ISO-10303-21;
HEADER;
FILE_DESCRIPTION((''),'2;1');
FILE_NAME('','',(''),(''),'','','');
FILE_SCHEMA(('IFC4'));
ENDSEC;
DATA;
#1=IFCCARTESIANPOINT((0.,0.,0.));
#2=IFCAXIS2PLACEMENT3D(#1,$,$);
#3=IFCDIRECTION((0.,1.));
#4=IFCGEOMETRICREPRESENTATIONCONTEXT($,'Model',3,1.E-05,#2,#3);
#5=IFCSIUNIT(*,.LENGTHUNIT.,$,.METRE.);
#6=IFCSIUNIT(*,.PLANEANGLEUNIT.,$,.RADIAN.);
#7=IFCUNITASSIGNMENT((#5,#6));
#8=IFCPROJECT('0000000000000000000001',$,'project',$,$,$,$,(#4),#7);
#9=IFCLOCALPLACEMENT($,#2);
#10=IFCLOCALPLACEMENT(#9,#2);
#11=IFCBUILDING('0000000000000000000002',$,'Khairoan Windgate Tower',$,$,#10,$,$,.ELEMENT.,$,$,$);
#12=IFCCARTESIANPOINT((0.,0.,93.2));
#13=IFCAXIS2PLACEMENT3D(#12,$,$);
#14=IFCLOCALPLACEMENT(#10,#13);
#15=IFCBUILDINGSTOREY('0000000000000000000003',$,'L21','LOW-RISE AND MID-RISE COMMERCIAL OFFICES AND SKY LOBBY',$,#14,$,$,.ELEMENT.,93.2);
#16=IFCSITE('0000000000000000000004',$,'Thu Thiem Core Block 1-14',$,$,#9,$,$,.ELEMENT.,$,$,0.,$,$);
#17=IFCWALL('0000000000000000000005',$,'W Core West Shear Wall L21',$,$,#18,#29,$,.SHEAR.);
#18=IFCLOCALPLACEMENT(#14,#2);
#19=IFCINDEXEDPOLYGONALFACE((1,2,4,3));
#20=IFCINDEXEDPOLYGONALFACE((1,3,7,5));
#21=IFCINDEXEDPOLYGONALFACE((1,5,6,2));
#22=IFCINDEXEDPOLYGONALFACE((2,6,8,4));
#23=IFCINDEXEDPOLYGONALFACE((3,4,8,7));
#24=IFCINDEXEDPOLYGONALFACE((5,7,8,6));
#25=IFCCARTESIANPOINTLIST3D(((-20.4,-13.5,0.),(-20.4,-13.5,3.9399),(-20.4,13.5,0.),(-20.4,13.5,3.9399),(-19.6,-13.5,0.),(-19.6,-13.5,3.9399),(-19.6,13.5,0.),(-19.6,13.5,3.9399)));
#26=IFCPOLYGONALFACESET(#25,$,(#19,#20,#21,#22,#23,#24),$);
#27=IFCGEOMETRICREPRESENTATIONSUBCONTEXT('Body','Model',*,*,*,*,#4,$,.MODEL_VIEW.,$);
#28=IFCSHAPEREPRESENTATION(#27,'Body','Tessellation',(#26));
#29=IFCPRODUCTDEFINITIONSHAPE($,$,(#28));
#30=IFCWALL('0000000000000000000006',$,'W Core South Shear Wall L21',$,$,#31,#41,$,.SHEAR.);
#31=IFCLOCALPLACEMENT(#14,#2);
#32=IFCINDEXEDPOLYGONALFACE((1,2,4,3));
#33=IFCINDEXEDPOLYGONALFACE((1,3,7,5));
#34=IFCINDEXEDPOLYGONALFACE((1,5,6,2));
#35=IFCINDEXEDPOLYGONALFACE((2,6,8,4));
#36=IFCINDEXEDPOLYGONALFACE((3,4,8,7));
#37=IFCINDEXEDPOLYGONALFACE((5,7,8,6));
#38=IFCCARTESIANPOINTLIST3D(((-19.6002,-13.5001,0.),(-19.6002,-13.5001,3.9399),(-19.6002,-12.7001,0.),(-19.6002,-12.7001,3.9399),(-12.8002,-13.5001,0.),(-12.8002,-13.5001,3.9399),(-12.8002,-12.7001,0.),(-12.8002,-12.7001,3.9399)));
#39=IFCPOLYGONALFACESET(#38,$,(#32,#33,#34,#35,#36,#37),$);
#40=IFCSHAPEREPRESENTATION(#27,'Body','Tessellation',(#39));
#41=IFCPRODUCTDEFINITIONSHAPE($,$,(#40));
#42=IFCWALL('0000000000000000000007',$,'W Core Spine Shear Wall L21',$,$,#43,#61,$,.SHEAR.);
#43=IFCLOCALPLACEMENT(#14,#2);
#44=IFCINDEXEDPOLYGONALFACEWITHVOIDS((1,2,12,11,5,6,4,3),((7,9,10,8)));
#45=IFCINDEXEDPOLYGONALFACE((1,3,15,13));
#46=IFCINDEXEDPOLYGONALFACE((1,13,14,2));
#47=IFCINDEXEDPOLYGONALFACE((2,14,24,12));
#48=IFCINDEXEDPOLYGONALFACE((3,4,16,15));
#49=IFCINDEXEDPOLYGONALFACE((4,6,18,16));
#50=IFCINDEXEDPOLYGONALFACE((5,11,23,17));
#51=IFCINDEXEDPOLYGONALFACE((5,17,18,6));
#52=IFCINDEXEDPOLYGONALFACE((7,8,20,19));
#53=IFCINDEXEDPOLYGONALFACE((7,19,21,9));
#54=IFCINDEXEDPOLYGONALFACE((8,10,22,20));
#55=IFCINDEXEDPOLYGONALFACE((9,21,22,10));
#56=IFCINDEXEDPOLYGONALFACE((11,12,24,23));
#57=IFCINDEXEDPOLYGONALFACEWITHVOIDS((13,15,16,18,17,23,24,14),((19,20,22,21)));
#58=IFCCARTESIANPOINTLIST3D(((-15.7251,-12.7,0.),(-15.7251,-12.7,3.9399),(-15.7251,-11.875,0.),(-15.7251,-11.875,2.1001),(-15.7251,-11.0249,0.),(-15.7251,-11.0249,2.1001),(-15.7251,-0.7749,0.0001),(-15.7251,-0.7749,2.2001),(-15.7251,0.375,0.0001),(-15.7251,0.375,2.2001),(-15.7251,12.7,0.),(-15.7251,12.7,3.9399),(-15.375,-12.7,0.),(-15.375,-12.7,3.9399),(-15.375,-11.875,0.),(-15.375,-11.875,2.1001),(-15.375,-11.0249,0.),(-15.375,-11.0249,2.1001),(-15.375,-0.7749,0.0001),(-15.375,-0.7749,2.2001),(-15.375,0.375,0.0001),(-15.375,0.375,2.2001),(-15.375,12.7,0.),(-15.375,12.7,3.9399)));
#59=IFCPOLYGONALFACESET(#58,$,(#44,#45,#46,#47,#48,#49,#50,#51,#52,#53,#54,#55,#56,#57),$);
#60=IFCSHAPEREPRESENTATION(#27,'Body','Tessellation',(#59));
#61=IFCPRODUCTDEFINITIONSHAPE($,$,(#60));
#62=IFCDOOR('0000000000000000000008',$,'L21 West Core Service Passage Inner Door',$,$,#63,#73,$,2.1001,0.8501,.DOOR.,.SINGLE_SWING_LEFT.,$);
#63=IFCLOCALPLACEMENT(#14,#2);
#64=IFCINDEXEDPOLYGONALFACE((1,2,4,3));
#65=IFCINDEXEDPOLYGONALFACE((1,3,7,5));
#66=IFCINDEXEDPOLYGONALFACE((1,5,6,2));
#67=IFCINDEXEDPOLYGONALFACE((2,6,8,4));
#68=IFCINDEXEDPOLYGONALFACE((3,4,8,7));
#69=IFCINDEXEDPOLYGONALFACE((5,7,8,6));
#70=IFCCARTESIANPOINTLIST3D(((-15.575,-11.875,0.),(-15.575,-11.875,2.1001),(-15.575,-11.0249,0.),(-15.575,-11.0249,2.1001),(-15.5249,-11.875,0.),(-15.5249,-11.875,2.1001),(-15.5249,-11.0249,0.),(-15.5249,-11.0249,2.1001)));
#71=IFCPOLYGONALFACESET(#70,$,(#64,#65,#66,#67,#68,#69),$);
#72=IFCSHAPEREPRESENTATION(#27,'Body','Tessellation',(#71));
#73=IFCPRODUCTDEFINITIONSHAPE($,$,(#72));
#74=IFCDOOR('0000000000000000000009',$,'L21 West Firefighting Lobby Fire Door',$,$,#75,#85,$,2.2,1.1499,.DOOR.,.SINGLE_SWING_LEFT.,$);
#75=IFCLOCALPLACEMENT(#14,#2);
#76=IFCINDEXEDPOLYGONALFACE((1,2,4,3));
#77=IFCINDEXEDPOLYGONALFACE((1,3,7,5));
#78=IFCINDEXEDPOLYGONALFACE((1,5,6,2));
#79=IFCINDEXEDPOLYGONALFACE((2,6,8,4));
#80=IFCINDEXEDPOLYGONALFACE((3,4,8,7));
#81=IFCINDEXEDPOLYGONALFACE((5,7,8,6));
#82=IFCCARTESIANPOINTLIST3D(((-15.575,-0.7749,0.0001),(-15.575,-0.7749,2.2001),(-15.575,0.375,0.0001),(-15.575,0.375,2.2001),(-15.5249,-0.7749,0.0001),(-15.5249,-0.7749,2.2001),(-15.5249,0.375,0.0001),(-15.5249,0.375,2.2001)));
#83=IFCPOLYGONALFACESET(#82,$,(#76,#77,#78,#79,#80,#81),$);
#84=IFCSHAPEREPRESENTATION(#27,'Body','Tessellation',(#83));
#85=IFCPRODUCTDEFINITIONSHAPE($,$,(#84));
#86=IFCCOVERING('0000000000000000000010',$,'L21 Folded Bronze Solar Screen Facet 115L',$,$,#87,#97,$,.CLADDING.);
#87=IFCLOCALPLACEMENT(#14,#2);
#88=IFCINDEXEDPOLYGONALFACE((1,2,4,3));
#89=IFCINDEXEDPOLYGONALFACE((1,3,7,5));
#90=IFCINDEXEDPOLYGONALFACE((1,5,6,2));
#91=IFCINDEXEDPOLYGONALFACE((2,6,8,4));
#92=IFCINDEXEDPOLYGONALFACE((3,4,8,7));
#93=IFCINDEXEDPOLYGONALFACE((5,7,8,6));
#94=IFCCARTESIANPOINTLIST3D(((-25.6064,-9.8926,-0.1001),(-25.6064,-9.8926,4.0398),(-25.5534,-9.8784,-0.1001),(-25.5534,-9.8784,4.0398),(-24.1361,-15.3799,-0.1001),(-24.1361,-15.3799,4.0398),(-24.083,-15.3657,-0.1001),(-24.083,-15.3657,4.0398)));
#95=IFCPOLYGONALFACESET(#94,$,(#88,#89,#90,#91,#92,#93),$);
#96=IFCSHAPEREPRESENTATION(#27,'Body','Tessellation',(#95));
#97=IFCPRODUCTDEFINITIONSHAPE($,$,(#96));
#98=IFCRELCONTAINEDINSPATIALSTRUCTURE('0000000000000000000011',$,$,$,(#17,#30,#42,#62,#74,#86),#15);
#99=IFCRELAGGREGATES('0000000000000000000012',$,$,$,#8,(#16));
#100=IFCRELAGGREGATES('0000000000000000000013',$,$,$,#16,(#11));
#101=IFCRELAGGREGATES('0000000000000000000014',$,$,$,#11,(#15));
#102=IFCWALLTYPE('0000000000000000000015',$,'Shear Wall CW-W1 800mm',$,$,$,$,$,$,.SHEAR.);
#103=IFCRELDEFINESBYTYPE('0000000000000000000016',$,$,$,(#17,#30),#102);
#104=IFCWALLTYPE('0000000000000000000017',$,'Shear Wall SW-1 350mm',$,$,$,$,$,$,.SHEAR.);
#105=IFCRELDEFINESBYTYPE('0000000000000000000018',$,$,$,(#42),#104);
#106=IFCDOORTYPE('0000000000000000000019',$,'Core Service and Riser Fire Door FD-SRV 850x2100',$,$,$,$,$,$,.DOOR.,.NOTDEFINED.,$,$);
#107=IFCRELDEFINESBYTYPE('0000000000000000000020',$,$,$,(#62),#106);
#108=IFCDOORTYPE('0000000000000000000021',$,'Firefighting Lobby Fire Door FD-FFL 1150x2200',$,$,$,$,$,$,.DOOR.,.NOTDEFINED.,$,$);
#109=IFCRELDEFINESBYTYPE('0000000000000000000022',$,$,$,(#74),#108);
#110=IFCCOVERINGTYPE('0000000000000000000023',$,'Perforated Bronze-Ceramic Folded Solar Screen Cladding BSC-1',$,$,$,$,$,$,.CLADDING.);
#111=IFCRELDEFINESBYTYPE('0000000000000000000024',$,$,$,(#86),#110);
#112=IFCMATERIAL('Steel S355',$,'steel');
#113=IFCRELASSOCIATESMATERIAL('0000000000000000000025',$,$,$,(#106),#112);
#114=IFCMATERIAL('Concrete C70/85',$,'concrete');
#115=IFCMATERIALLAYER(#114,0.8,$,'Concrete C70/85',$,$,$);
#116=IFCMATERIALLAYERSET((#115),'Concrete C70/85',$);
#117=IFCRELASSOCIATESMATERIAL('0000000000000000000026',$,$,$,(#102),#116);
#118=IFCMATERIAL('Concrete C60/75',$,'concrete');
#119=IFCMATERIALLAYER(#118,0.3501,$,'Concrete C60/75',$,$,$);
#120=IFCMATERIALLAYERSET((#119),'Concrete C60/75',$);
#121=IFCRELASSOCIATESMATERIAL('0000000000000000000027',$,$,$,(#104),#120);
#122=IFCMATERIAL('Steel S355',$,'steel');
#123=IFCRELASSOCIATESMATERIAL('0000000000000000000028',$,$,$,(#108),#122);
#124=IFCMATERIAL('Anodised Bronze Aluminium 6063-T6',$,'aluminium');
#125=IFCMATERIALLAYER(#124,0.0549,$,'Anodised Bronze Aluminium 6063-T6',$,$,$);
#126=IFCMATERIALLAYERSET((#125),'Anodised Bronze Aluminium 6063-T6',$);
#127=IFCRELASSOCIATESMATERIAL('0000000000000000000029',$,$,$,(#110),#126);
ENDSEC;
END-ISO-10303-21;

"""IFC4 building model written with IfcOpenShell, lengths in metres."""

from ifc_helpers import new_model, si_unit, direction, frame, frame_2d, origin, origin_2d, place, context, subcontext, project, spatial, rectangle, extrude, material, layer, layer_set, type_object, element, fill, save


model = new_model("IFC4")

# Units and contexts
model_context = context("Model", 3, precision=1e-05, world=origin(), true_north=direction((0.0, 1.0)))
body_context = subcontext(model_context, "Body", "Model", "MODEL_VIEW")
ifc_project = project(units=[si_unit("LENGTHUNIT", "METRE"), si_unit("PLANEANGLEUNIT", "RADIAN")], contexts=[model_context])

# Site, building, storey
site_placement = place(None, origin())
site = spatial("IfcSite", under=ifc_project, at=site_placement, Name="Thu Thiem Core Block 1-14", CompositionType="ELEMENT", RefElevation=0.0)
building_placement = place(site_placement, origin())
building = spatial("IfcBuilding", under=site, at=building_placement, Name="Khairoan Windgate Tower", CompositionType="ELEMENT")
storey_placement = place(building_placement, frame((0.0, 0.0, 93.2)))
storey = spatial("IfcBuildingStorey", under=building, at=storey_placement, Name="L21", Description="LOW-RISE AND MID-RISE COMMERCIAL OFFICES AND SKY LOBBY", CompositionType="ELEMENT", Elevation=93.2)

# Shared definitions
ifc_material_1 = material(Name="Steel S355", Category="steel")
door_type_1 = type_object("IfcDoorType", Name="Core Service and Riser Fire Door FD-SRV 850x2100", OperationType="NOTDEFINED", PredefinedType="DOOR", material=ifc_material_1)

# Walls
ifc_material_2 = material(Name="Concrete C70/85", Category="concrete")
ifc_layer_1 = layer(ifc_material_2, 0.8, Name="Concrete C70/85")
ifc_layer_set_1 = layer_set([ifc_layer_1], Name="Concrete C70/85")
wall_type_1 = type_object("IfcWallType", Name="Shear Wall CW-W1 800mm", PredefinedType="SHEAR", material=ifc_layer_set_1)
wall_1_placement = place(storey_placement, frame((-20.0, -13.5, 0.0), z_axis=(0.0, 0.0, 1.0), x_axis=(0.0, 1.0, 0.0)))
element("IfcWall", 1, at=wall_1_placement, inside=storey, type_object=wall_type_1, Name="W Core West Shear Wall L21", PredefinedType="SHEAR", context=body_context, shape_type="SweptSolid", body=[
    extrude(rectangle(XDim=27.0, YDim=0.8, at=frame_2d((13.5, 0.0))), origin(), (0.0, 0.0, 1.0), 3.9399),
])
wall_2_placement = place(storey_placement, frame((-19.6001, -13.1001, 0.0), z_axis=(0.0, 0.0, 1.0), x_axis=(1.0, 0.0, 0.0)))
element("IfcWall", 2, at=wall_2_placement, inside=storey, type_object=wall_type_1, Name="W Core South Shear Wall L21", PredefinedType="SHEAR", context=body_context, shape_type="SweptSolid", body=[
    extrude(rectangle(XDim=6.8, YDim=0.8, at=frame_2d((3.3999, 0.0))), origin(), (0.0, 0.0, 1.0), 3.9399),
])

# Wall, openings, doors
ifc_material_3 = material(Name="Concrete C60/75", Category="concrete")
ifc_layer_2 = layer(ifc_material_3, 0.3501, Name="Concrete C60/75")
ifc_layer_set_2 = layer_set([ifc_layer_2], Name="Concrete C60/75")
wall_type_2 = type_object("IfcWallType", Name="Shear Wall SW-1 350mm", PredefinedType="SHEAR", material=ifc_layer_set_2)
wall_3_placement = place(storey_placement, frame((-15.55, -12.7, 0.0), z_axis=(0.0, 0.0, 1.0), x_axis=(0.0, 1.0, 0.0)))
wall_3 = element("IfcWall", 3, at=wall_3_placement, inside=storey, type_object=wall_type_2, Name="W Core Spine Shear Wall L21", PredefinedType="SHEAR", context=body_context, shape_type="SweptSolid", body=[
    extrude(rectangle(XDim=25.3999, YDim=0.3501, at=frame_2d((12.7, 0.0))), origin(), (0.0, 0.0, 1.0), 3.9399),
])
opening_1_placement = place(wall_3_placement, frame((11.925, 0.0, 0.0)))
opening_1 = element("IfcOpeningElement", 4, at=opening_1_placement, cuts=wall_3, PredefinedType="OPENING", context=body_context, shape_type="SweptSolid", body=[
    extrude(rectangle(XDim=1.1499, YDim=2.2, at=frame_2d((0.575, 1.1001))), frame((0.0, 0.1851, 0.0), z_axis=(0.0, -1.0, 0.0), x_axis=(1.0, 0.0, 0.0)), (0.0, 0.0, 1.0), 0.3701),
])
opening_2_placement = place(wall_3_placement, frame((0.825, 0.0, 0.0)))
opening_2 = element("IfcOpeningElement", 5, at=opening_2_placement, cuts=wall_3, PredefinedType="OPENING", context=body_context, shape_type="SweptSolid", body=[
    extrude(rectangle(XDim=0.8501, YDim=2.1001, at=frame_2d((0.425, 1.05))), frame((0.0, 0.1851, 0.0), z_axis=(0.0, -1.0, 0.0), x_axis=(1.0, 0.0, 0.0)), (0.0, 0.0, 1.0), 0.3701),
])
door_1_placement = place(opening_2_placement, origin())
door_1 = element("IfcDoor", 6, at=door_1_placement, inside=storey, type_object=door_type_1, Name="L21 West Core Service Passage Inner Door", OperationType="SINGLE_SWING_LEFT", OverallHeight=2.1001, OverallWidth=0.8501, PredefinedType="DOOR", context=body_context, shape_type="SweptSolid", body=[
    extrude(rectangle(XDim=0.8501, YDim=2.1001, at=frame_2d((0.425, 1.05))), frame((0.0, 0.0249, 0.0), z_axis=(0.0, -1.0, 0.0), x_axis=(1.0, 0.0, 0.0)), (0.0, 0.0, 1.0), 0.05),
])
fill(opening_2, door_1)
ifc_material_4 = material(Name="Steel S355", Category="steel")
door_type_2 = type_object("IfcDoorType", Name="Firefighting Lobby Fire Door FD-FFL 1150x2200", OperationType="NOTDEFINED", PredefinedType="DOOR", material=ifc_material_4)
door_2_placement = place(opening_1_placement, origin())
door_2 = element("IfcDoor", 7, at=door_2_placement, inside=storey, type_object=door_type_2, Name="L21 West Firefighting Lobby Fire Door", OperationType="SINGLE_SWING_LEFT", OverallHeight=2.2, OverallWidth=1.1499, PredefinedType="DOOR", context=body_context, shape_type="SweptSolid", body=[
    extrude(rectangle(XDim=1.1499, YDim=2.2, at=frame_2d((0.575, 1.1001))), frame((0.0, 0.0249, 0.0), z_axis=(0.0, -1.0, 0.0), x_axis=(1.0, 0.0, 0.0)), (0.0, 0.0, 1.0), 0.05),
])
fill(opening_1, door_2)

# Covering
ifc_material_5 = material(Name="Anodised Bronze Aluminium 6063-T6", Category="aluminium")
ifc_layer_3 = layer(ifc_material_5, 0.0549, Name="Anodised Bronze Aluminium 6063-T6")
ifc_layer_set_3 = layer_set([ifc_layer_3], Name="Anodised Bronze Aluminium 6063-T6")
covering_type = type_object("IfcCoveringType", Name="Perforated Bronze-Ceramic Folded Solar Screen Cladding BSC-1", PredefinedType="CLADDING", material=ifc_layer_set_3)
covering_placement = place(storey_placement, frame((-24.8447, -12.6292, -0.1001), z_axis=(0.0, 0.0, 1.0), x_axis=(-0.258819, 0.965926, 0.0)))
element("IfcCovering", 8, at=covering_placement, inside=storey, type_object=covering_type, Name="L21 Folded Bronze Solar Screen Facet 115L", PredefinedType="CLADDING", context=body_context, shape_type="SweptSolid", body=[
    extrude(rectangle(XDim=5.6809, YDim=0.0549, at=origin_2d()), origin(), (0.0, 0.0, 1.0), 4.1399),
])

save(model, "model.ifc")
